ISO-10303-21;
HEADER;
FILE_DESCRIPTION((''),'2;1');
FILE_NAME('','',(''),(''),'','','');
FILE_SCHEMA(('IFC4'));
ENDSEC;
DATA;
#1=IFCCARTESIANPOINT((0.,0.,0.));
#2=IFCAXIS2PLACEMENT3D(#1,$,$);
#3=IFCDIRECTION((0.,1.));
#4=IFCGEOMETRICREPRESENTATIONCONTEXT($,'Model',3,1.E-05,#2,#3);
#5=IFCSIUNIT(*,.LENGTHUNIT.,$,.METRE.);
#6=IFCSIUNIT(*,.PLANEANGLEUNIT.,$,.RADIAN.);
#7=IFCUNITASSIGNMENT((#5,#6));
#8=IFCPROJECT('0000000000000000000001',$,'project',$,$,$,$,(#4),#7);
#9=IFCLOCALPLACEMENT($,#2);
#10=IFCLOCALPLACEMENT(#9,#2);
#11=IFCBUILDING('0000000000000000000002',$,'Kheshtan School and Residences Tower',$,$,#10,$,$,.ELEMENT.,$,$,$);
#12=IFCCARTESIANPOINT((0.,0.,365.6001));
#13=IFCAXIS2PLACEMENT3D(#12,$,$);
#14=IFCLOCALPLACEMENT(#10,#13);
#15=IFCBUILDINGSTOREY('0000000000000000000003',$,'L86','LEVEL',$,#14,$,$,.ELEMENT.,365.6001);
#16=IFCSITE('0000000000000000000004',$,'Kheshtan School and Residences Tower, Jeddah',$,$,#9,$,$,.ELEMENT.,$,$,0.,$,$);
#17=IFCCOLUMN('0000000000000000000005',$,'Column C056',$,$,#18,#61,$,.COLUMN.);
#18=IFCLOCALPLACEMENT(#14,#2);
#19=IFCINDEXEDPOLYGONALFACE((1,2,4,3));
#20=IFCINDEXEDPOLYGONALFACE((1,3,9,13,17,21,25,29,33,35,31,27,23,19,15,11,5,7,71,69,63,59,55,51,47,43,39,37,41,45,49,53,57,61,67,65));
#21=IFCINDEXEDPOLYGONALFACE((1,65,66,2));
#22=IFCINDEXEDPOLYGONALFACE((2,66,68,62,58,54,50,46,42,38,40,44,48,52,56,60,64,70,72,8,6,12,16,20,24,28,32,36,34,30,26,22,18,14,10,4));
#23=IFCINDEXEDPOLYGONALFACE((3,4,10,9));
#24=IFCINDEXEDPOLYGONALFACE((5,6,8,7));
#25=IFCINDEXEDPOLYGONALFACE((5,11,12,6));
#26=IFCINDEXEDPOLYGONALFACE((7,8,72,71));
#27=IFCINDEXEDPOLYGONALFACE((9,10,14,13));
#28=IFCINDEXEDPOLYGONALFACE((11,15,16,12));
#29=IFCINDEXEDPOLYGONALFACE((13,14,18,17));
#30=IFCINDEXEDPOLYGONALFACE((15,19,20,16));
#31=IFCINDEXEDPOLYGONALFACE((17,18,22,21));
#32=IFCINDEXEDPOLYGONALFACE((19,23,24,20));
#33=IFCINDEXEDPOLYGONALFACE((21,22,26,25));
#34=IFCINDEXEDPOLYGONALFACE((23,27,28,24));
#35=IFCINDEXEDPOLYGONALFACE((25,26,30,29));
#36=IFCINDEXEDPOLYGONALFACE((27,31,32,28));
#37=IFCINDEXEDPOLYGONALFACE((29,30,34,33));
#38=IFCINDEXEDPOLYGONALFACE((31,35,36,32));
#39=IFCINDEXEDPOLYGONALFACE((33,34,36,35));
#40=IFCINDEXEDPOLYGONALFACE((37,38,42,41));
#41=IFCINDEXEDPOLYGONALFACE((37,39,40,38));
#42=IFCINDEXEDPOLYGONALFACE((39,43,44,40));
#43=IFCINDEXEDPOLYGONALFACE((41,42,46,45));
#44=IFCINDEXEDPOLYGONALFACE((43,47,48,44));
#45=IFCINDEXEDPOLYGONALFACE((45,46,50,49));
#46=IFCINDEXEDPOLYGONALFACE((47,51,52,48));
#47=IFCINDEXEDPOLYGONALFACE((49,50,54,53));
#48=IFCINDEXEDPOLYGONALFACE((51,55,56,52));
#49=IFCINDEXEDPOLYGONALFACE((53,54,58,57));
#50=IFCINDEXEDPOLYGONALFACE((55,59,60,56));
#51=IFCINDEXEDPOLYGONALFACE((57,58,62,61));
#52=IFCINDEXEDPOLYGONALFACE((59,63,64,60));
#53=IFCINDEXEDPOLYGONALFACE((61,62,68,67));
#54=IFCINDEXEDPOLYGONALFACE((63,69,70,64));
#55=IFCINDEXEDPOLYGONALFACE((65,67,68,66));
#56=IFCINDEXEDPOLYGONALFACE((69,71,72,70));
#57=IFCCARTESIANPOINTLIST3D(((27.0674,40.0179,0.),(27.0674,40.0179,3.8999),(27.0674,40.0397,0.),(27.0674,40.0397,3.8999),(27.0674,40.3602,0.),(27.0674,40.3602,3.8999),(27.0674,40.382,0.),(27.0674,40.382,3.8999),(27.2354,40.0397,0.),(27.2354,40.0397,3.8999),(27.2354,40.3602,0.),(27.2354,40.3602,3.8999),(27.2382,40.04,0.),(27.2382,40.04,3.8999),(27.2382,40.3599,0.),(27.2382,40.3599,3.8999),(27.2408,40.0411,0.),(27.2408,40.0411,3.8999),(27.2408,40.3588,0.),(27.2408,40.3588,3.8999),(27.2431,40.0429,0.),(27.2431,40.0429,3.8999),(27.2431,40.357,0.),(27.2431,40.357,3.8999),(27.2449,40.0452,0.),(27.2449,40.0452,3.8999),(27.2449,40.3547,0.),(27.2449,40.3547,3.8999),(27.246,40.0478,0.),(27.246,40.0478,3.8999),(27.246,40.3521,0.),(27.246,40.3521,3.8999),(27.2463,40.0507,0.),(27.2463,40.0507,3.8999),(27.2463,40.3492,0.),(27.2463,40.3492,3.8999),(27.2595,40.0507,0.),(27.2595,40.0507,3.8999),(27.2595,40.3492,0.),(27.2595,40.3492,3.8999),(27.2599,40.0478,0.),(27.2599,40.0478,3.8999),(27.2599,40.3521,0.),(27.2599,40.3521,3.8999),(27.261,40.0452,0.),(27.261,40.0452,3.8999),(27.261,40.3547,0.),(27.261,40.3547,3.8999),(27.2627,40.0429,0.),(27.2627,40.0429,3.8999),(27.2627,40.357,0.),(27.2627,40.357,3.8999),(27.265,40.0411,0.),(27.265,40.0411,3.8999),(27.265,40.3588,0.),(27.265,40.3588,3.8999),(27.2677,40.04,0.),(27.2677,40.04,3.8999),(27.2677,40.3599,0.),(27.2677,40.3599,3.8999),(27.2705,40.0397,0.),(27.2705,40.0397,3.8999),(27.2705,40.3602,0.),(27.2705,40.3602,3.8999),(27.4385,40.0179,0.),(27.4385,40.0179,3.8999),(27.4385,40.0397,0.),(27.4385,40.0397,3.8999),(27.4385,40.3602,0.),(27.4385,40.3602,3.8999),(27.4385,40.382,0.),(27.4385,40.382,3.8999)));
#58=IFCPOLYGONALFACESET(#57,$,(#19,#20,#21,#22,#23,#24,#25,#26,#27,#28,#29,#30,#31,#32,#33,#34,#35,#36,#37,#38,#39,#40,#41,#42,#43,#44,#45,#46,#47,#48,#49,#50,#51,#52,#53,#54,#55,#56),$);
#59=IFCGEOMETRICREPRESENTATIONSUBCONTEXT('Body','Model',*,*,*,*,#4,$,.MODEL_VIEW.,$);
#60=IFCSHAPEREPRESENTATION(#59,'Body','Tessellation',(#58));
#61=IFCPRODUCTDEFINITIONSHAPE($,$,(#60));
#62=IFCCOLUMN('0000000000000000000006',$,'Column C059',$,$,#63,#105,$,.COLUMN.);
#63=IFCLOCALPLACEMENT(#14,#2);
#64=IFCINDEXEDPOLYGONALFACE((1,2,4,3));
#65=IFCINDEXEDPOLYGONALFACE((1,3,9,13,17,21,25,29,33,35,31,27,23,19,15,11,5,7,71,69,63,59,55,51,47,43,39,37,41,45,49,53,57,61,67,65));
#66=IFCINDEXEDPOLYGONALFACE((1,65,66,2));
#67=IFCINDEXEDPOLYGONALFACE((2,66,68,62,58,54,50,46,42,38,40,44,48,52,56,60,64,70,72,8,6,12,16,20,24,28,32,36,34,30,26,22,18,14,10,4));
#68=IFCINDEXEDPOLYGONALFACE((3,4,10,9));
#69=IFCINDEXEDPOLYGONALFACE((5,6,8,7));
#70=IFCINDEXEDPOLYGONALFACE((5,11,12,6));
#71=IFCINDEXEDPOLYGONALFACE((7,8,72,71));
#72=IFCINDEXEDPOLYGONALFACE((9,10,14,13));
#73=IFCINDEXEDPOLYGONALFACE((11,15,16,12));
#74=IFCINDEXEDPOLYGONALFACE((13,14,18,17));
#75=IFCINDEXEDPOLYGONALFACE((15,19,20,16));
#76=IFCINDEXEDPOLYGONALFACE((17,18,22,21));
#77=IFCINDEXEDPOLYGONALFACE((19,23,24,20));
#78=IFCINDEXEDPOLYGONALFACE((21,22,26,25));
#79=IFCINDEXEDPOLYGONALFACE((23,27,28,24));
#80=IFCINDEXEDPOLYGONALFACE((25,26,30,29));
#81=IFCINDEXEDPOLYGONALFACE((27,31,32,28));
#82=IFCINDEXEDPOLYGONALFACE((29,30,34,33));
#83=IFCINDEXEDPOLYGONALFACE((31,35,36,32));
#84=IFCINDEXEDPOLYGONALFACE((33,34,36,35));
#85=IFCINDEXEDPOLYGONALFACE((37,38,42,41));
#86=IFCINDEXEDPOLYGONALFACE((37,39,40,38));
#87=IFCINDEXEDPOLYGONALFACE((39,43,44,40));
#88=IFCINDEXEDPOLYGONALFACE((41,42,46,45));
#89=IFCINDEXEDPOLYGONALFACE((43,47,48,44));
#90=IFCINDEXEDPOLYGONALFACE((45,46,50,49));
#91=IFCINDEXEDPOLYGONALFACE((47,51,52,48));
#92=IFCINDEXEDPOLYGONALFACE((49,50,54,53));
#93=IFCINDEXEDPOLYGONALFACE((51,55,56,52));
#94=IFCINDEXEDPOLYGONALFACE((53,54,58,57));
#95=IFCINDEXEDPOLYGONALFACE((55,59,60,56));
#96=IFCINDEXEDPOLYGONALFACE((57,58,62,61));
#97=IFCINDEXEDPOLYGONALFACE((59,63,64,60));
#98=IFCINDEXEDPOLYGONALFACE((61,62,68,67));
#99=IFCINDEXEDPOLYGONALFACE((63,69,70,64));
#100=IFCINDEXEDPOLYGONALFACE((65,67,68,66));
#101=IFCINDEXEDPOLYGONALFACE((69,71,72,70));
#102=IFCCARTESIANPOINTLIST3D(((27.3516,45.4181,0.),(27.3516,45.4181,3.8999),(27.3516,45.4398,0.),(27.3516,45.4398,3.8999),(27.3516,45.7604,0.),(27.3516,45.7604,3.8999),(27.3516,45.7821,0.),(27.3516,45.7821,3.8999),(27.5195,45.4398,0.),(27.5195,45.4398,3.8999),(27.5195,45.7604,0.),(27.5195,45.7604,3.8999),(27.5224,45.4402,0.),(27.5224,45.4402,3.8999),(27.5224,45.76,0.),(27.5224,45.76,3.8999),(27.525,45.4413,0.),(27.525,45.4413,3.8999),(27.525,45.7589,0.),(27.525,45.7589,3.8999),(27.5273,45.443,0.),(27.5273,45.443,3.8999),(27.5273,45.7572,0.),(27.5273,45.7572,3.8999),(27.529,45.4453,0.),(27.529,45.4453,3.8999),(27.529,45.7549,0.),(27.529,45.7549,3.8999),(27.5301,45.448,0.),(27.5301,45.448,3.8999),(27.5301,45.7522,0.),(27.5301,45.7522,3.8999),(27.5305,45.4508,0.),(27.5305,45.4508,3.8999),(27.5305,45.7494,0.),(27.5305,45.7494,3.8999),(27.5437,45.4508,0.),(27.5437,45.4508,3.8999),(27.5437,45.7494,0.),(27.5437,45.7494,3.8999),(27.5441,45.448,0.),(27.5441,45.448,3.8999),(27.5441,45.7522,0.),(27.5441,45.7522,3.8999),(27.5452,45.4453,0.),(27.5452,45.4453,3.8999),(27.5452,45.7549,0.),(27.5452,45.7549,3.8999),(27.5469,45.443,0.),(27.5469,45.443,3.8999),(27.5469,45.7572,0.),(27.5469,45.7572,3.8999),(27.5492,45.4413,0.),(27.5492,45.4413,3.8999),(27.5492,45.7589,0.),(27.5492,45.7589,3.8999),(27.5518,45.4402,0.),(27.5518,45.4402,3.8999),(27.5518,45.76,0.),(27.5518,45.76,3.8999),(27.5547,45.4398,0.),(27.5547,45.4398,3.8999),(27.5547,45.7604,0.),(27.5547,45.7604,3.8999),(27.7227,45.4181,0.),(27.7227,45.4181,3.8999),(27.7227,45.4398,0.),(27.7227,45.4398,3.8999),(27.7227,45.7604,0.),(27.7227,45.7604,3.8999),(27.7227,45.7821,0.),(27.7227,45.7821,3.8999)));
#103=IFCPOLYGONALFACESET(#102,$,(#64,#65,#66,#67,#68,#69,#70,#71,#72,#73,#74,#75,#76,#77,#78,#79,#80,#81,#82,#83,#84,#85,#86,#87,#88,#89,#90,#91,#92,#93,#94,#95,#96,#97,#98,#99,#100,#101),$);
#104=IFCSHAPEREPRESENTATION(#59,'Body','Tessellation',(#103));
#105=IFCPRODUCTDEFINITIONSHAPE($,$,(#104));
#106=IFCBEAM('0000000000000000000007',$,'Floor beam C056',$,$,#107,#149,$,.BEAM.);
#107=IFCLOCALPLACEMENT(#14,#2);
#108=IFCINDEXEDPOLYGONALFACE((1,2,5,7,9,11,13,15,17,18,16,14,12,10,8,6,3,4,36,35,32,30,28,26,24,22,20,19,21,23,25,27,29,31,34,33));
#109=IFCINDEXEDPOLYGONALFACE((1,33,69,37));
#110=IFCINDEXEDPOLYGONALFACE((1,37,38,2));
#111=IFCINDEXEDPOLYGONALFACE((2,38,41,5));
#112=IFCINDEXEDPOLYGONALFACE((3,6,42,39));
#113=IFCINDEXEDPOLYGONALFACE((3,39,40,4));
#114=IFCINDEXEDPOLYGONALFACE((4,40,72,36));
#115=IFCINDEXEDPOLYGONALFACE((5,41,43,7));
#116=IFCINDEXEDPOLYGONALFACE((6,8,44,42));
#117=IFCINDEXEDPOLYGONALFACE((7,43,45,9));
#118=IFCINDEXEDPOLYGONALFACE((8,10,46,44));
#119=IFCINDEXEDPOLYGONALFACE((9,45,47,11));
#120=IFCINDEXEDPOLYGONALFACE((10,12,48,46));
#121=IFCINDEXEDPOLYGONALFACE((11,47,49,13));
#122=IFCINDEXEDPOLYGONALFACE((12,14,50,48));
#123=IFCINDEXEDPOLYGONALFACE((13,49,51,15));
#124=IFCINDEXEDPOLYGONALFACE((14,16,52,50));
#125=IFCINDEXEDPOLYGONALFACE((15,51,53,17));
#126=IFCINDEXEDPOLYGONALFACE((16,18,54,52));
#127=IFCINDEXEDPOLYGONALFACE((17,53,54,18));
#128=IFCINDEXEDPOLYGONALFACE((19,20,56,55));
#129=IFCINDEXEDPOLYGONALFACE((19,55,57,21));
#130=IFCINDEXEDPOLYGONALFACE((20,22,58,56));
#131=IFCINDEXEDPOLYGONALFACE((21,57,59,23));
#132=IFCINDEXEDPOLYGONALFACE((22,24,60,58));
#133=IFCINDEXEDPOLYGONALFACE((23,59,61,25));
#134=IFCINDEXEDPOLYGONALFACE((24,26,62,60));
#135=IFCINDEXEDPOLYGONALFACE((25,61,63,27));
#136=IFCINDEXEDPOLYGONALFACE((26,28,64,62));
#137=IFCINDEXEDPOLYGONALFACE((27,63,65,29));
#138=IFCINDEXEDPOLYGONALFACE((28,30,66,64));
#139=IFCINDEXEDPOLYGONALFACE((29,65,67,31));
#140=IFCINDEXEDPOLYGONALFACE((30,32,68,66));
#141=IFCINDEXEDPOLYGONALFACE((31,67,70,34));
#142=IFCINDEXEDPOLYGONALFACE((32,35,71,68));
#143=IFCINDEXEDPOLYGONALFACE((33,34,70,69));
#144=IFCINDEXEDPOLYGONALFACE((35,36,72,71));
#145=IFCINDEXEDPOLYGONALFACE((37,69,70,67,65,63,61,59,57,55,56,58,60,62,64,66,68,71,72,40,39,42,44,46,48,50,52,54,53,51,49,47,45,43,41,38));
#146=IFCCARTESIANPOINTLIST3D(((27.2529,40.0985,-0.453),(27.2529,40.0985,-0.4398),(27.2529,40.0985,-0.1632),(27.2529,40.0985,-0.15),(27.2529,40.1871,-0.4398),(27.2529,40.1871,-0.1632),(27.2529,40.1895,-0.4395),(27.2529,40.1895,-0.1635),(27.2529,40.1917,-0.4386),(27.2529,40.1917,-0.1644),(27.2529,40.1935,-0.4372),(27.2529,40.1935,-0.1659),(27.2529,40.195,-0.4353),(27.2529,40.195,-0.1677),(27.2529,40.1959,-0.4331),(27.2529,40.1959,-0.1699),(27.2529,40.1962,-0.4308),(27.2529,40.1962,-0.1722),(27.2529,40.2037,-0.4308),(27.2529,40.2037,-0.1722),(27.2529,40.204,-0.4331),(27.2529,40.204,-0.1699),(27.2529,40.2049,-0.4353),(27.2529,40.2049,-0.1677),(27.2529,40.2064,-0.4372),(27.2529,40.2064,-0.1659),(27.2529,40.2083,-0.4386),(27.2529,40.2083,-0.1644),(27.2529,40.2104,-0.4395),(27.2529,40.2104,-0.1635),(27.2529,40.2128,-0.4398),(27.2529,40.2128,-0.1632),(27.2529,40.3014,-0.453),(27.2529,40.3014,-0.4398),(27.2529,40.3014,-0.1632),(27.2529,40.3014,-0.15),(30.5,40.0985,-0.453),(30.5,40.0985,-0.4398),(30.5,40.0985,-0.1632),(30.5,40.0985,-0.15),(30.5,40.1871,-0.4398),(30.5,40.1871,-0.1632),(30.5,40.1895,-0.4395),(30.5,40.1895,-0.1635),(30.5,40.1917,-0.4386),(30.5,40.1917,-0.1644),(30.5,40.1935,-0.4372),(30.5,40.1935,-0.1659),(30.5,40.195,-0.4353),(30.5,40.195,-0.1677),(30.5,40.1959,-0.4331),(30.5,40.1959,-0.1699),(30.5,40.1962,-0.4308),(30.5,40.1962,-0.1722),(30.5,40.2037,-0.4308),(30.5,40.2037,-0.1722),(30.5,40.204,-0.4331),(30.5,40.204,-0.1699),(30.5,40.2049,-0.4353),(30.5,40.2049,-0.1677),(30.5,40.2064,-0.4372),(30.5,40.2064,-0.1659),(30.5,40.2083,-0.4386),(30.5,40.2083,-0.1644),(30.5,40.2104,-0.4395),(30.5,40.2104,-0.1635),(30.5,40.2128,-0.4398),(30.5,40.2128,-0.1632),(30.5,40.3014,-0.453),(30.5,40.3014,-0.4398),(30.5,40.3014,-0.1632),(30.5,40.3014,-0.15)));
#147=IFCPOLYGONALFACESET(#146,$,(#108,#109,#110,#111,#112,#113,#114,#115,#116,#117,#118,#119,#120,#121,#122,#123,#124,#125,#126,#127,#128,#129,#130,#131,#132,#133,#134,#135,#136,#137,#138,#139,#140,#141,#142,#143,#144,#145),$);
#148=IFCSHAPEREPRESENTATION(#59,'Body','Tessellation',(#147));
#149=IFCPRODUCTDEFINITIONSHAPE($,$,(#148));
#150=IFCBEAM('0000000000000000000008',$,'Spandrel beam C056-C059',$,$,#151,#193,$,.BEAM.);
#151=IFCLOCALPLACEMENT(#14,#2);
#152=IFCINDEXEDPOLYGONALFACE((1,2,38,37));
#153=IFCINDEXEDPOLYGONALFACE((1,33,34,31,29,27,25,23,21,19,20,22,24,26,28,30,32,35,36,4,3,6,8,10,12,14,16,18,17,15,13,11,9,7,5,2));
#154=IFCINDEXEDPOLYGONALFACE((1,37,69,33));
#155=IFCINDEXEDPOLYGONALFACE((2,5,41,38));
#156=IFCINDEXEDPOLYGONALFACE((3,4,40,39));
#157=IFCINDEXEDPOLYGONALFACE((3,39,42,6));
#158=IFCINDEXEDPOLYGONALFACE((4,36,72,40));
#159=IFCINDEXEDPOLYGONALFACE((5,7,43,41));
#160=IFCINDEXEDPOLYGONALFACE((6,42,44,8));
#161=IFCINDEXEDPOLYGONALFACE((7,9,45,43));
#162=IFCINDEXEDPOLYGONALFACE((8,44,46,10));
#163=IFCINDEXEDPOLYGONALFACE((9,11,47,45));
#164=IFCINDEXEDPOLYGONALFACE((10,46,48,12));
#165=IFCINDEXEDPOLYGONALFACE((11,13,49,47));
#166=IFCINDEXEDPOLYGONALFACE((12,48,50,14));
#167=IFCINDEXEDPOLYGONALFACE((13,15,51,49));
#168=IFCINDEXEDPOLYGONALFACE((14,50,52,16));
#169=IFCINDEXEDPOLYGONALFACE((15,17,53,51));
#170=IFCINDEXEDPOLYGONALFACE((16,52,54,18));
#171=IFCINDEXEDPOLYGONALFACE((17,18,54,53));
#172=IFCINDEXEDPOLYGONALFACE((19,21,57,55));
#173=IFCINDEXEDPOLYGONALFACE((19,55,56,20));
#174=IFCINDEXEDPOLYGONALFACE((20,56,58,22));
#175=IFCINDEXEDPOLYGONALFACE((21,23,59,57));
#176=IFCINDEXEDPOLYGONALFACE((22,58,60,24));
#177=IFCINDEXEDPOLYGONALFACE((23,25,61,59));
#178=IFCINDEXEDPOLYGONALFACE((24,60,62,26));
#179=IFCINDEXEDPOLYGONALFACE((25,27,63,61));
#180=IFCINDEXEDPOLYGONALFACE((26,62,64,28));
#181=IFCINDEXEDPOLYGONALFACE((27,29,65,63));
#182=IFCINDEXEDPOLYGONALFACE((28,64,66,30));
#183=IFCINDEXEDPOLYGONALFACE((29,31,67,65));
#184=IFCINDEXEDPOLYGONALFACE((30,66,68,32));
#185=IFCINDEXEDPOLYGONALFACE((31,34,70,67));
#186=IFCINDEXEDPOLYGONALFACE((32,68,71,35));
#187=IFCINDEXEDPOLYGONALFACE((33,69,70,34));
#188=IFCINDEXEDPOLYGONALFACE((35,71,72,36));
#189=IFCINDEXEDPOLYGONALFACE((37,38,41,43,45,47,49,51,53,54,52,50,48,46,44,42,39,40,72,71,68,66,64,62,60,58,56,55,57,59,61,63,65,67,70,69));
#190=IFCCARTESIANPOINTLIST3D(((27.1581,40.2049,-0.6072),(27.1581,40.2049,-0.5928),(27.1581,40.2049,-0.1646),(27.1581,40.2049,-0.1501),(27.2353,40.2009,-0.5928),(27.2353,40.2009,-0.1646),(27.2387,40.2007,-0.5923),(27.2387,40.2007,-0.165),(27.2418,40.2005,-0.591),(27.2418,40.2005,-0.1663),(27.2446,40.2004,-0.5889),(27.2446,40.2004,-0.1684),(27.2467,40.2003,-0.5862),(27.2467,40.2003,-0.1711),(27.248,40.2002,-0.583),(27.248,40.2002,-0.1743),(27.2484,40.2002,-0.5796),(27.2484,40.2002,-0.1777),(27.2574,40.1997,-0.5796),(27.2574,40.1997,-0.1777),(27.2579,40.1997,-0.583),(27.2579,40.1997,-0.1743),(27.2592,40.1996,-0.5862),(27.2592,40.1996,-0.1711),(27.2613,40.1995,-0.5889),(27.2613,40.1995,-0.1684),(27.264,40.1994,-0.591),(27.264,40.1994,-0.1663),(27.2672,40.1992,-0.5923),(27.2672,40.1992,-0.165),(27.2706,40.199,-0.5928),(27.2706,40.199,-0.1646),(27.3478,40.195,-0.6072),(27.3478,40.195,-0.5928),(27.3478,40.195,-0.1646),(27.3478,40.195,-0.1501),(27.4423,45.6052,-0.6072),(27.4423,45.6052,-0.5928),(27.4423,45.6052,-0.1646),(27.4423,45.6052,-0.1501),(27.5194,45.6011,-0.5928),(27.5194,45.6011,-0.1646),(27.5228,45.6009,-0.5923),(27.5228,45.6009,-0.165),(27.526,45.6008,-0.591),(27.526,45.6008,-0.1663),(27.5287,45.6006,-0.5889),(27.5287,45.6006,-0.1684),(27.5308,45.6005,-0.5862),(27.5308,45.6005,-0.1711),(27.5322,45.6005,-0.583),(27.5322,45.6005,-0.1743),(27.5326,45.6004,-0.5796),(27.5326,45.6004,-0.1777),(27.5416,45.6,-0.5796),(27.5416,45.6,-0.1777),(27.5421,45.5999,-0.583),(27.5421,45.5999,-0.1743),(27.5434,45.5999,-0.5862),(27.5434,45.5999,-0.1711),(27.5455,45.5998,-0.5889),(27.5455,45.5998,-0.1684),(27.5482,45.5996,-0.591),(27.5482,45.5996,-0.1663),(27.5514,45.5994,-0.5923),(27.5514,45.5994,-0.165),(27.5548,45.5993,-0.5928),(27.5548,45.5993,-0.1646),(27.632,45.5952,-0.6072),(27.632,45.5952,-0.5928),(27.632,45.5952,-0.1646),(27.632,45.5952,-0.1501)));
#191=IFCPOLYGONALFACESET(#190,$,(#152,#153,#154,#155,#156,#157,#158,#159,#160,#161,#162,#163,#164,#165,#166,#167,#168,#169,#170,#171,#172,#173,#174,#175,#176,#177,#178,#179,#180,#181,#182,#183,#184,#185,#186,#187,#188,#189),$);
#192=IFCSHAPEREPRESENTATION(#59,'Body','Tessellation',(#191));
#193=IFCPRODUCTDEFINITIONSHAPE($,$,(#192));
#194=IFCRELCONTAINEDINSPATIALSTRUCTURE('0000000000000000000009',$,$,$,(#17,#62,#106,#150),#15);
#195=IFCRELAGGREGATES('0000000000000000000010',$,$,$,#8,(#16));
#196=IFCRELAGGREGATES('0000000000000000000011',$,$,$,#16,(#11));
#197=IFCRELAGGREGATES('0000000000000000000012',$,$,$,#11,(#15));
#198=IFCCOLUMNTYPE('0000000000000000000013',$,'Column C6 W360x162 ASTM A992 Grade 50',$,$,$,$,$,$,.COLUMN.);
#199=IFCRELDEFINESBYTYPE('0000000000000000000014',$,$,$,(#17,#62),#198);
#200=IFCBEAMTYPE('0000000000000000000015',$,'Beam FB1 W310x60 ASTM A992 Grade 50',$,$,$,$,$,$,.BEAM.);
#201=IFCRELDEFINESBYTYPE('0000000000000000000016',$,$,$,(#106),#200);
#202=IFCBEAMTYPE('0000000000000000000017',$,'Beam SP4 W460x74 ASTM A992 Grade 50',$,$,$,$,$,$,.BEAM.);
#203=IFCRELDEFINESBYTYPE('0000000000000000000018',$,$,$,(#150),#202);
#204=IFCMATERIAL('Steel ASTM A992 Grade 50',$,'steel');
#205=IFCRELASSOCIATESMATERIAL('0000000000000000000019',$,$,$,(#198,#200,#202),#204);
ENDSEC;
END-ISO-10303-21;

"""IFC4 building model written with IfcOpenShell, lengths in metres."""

from ifc_helpers import new_model, si_unit, direction, frame, origin, origin_2d, place, context, subcontext, project, spatial, i_section, extrude, material, material_profile, profile_set, type_object, element, save


model = new_model("IFC4")

# Units and contexts
model_context = context("Model", 3, precision=1e-05, world=origin(), true_north=direction((0.0, 1.0)))
body_context = subcontext(model_context, "Body", "Model", "MODEL_VIEW")
ifc_project = project(units=[si_unit("LENGTHUNIT", "METRE"), si_unit("PLANEANGLEUNIT", "RADIAN")], contexts=[model_context])

# Site, building, storey
site_placement = place(None, origin())
site = spatial("IfcSite", under=ifc_project, at=site_placement, Name="Kheshtan School and Residences Tower, Jeddah", CompositionType="ELEMENT", RefElevation=0.0)
building_placement = place(site_placement, origin())
building = spatial("IfcBuilding", under=site, at=building_placement, Name="Kheshtan School and Residences Tower", CompositionType="ELEMENT")
storey_placement = place(building_placement, frame((0.0, 0.0, 365.6001)))
storey = spatial("IfcBuildingStorey", under=building, at=storey_placement, Name="L86", Description="LEVEL", CompositionType="ELEMENT", Elevation=365.6001)

# Columns
ifc_material_1 = material(Name="Steel ASTM A992 Grade 50", Category="steel")
ifc_material_profile_1 = material_profile(ifc_material_1, i_section(OverallWidth=0.3711, OverallDepth=0.364, WebThickness=0.0132, FlangeThickness=0.0217, FilletRadius=0.011, at=origin_2d()), Name="W360x162")
ifc_profile_set_1 = profile_set([ifc_material_profile_1], Name="Steel ASTM A992 Grade 50")
column_type = type_object("IfcColumnType", Name="Column C6 W360x162 ASTM A992 Grade 50", PredefinedType="COLUMN", material=ifc_profile_set_1)
for number, where, z_axis, x_axis, name in (
    (1, (27.2529, 40.2, 0.0), (0.0, 0.0, 1.0), (1.0, 0.0, 0.0), "Column C056"),
    (2, (27.5371, 45.6001, 0.0), (0.0, 0.0, 1.0), (1.0, 0.0, 0.0), "Column C059"),
):
    element("IfcColumn", number, at=place(storey_placement, frame(where, z_axis=z_axis, x_axis=x_axis)), inside=storey, type_object=column_type, Name=name, PredefinedType="COLUMN", context=body_context, shape_type="SweptSolid", body=[
        extrude(i_section(OverallWidth=0.3711, OverallDepth=0.364, WebThickness=0.0132, FlangeThickness=0.0217, FilletRadius=0.011, at=origin_2d()), origin(), (0.0, 0.0, 1.0), 3.8999),
    ])

# Beams
ifc_material_profile_2 = material_profile(ifc_material_1, i_section(OverallWidth=0.2029, OverallDepth=0.303, WebThickness=0.0076, FlangeThickness=0.0132, FilletRadius=0.009, at=origin_2d()), Name="W310x60")
ifc_profile_set_2 = profile_set([ifc_material_profile_2], Name="Steel ASTM A992 Grade 50")
beam_type_1 = type_object("IfcBeamType", Name="Beam FB1 W310x60 ASTM A992 Grade 50", PredefinedType="BEAM", material=ifc_profile_set_2)
beam_1_placement = place(storey_placement, frame((27.2529, 40.2, -0.3015), z_axis=(1.0, 0.0, 0.0), x_axis=(0.0, 1.0, 0.0)))
element("IfcBeam", 3, at=beam_1_placement, inside=storey, type_object=beam_type_1, Name="Floor beam C056", PredefinedType="BEAM", context=body_context, shape_type="SweptSolid", body=[
    extrude(i_section(OverallWidth=0.2029, OverallDepth=0.303, WebThickness=0.0076, FlangeThickness=0.0132, FilletRadius=0.009, at=origin_2d()), origin(), (0.0, 0.0, 1.0), 3.2471),
])
ifc_material_profile_3 = material_profile(ifc_material_1, i_section(OverallWidth=0.1899, OverallDepth=0.457, WebThickness=0.009, FlangeThickness=0.0144, FilletRadius=0.0132, at=origin_2d()), Name="W460x74")
ifc_profile_set_3 = profile_set([ifc_material_profile_3], Name="Steel ASTM A992 Grade 50")
beam_type_2 = type_object("IfcBeamType", Name="Beam SP4 W460x74 ASTM A992 Grade 50", PredefinedType="BEAM", material=ifc_profile_set_3)
beam_2_placement = place(storey_placement, frame((27.2529, 40.2, -0.3787), z_axis=(0.052552, 0.998618, 0.0), x_axis=(-0.998618, 0.052552, 0.0)))
element("IfcBeam", 4, at=beam_2_placement, inside=storey, type_object=beam_type_2, Name="Spandrel beam C056-C059", PredefinedType="BEAM", context=body_context, shape_type="SweptSolid", body=[
    extrude(i_section(OverallWidth=0.1899, OverallDepth=0.457, WebThickness=0.009, FlangeThickness=0.0144, FilletRadius=0.0132, at=origin_2d()), origin(), (0.0, 0.0, 1.0), 5.4077),
])

save(model, "model.ifc")
